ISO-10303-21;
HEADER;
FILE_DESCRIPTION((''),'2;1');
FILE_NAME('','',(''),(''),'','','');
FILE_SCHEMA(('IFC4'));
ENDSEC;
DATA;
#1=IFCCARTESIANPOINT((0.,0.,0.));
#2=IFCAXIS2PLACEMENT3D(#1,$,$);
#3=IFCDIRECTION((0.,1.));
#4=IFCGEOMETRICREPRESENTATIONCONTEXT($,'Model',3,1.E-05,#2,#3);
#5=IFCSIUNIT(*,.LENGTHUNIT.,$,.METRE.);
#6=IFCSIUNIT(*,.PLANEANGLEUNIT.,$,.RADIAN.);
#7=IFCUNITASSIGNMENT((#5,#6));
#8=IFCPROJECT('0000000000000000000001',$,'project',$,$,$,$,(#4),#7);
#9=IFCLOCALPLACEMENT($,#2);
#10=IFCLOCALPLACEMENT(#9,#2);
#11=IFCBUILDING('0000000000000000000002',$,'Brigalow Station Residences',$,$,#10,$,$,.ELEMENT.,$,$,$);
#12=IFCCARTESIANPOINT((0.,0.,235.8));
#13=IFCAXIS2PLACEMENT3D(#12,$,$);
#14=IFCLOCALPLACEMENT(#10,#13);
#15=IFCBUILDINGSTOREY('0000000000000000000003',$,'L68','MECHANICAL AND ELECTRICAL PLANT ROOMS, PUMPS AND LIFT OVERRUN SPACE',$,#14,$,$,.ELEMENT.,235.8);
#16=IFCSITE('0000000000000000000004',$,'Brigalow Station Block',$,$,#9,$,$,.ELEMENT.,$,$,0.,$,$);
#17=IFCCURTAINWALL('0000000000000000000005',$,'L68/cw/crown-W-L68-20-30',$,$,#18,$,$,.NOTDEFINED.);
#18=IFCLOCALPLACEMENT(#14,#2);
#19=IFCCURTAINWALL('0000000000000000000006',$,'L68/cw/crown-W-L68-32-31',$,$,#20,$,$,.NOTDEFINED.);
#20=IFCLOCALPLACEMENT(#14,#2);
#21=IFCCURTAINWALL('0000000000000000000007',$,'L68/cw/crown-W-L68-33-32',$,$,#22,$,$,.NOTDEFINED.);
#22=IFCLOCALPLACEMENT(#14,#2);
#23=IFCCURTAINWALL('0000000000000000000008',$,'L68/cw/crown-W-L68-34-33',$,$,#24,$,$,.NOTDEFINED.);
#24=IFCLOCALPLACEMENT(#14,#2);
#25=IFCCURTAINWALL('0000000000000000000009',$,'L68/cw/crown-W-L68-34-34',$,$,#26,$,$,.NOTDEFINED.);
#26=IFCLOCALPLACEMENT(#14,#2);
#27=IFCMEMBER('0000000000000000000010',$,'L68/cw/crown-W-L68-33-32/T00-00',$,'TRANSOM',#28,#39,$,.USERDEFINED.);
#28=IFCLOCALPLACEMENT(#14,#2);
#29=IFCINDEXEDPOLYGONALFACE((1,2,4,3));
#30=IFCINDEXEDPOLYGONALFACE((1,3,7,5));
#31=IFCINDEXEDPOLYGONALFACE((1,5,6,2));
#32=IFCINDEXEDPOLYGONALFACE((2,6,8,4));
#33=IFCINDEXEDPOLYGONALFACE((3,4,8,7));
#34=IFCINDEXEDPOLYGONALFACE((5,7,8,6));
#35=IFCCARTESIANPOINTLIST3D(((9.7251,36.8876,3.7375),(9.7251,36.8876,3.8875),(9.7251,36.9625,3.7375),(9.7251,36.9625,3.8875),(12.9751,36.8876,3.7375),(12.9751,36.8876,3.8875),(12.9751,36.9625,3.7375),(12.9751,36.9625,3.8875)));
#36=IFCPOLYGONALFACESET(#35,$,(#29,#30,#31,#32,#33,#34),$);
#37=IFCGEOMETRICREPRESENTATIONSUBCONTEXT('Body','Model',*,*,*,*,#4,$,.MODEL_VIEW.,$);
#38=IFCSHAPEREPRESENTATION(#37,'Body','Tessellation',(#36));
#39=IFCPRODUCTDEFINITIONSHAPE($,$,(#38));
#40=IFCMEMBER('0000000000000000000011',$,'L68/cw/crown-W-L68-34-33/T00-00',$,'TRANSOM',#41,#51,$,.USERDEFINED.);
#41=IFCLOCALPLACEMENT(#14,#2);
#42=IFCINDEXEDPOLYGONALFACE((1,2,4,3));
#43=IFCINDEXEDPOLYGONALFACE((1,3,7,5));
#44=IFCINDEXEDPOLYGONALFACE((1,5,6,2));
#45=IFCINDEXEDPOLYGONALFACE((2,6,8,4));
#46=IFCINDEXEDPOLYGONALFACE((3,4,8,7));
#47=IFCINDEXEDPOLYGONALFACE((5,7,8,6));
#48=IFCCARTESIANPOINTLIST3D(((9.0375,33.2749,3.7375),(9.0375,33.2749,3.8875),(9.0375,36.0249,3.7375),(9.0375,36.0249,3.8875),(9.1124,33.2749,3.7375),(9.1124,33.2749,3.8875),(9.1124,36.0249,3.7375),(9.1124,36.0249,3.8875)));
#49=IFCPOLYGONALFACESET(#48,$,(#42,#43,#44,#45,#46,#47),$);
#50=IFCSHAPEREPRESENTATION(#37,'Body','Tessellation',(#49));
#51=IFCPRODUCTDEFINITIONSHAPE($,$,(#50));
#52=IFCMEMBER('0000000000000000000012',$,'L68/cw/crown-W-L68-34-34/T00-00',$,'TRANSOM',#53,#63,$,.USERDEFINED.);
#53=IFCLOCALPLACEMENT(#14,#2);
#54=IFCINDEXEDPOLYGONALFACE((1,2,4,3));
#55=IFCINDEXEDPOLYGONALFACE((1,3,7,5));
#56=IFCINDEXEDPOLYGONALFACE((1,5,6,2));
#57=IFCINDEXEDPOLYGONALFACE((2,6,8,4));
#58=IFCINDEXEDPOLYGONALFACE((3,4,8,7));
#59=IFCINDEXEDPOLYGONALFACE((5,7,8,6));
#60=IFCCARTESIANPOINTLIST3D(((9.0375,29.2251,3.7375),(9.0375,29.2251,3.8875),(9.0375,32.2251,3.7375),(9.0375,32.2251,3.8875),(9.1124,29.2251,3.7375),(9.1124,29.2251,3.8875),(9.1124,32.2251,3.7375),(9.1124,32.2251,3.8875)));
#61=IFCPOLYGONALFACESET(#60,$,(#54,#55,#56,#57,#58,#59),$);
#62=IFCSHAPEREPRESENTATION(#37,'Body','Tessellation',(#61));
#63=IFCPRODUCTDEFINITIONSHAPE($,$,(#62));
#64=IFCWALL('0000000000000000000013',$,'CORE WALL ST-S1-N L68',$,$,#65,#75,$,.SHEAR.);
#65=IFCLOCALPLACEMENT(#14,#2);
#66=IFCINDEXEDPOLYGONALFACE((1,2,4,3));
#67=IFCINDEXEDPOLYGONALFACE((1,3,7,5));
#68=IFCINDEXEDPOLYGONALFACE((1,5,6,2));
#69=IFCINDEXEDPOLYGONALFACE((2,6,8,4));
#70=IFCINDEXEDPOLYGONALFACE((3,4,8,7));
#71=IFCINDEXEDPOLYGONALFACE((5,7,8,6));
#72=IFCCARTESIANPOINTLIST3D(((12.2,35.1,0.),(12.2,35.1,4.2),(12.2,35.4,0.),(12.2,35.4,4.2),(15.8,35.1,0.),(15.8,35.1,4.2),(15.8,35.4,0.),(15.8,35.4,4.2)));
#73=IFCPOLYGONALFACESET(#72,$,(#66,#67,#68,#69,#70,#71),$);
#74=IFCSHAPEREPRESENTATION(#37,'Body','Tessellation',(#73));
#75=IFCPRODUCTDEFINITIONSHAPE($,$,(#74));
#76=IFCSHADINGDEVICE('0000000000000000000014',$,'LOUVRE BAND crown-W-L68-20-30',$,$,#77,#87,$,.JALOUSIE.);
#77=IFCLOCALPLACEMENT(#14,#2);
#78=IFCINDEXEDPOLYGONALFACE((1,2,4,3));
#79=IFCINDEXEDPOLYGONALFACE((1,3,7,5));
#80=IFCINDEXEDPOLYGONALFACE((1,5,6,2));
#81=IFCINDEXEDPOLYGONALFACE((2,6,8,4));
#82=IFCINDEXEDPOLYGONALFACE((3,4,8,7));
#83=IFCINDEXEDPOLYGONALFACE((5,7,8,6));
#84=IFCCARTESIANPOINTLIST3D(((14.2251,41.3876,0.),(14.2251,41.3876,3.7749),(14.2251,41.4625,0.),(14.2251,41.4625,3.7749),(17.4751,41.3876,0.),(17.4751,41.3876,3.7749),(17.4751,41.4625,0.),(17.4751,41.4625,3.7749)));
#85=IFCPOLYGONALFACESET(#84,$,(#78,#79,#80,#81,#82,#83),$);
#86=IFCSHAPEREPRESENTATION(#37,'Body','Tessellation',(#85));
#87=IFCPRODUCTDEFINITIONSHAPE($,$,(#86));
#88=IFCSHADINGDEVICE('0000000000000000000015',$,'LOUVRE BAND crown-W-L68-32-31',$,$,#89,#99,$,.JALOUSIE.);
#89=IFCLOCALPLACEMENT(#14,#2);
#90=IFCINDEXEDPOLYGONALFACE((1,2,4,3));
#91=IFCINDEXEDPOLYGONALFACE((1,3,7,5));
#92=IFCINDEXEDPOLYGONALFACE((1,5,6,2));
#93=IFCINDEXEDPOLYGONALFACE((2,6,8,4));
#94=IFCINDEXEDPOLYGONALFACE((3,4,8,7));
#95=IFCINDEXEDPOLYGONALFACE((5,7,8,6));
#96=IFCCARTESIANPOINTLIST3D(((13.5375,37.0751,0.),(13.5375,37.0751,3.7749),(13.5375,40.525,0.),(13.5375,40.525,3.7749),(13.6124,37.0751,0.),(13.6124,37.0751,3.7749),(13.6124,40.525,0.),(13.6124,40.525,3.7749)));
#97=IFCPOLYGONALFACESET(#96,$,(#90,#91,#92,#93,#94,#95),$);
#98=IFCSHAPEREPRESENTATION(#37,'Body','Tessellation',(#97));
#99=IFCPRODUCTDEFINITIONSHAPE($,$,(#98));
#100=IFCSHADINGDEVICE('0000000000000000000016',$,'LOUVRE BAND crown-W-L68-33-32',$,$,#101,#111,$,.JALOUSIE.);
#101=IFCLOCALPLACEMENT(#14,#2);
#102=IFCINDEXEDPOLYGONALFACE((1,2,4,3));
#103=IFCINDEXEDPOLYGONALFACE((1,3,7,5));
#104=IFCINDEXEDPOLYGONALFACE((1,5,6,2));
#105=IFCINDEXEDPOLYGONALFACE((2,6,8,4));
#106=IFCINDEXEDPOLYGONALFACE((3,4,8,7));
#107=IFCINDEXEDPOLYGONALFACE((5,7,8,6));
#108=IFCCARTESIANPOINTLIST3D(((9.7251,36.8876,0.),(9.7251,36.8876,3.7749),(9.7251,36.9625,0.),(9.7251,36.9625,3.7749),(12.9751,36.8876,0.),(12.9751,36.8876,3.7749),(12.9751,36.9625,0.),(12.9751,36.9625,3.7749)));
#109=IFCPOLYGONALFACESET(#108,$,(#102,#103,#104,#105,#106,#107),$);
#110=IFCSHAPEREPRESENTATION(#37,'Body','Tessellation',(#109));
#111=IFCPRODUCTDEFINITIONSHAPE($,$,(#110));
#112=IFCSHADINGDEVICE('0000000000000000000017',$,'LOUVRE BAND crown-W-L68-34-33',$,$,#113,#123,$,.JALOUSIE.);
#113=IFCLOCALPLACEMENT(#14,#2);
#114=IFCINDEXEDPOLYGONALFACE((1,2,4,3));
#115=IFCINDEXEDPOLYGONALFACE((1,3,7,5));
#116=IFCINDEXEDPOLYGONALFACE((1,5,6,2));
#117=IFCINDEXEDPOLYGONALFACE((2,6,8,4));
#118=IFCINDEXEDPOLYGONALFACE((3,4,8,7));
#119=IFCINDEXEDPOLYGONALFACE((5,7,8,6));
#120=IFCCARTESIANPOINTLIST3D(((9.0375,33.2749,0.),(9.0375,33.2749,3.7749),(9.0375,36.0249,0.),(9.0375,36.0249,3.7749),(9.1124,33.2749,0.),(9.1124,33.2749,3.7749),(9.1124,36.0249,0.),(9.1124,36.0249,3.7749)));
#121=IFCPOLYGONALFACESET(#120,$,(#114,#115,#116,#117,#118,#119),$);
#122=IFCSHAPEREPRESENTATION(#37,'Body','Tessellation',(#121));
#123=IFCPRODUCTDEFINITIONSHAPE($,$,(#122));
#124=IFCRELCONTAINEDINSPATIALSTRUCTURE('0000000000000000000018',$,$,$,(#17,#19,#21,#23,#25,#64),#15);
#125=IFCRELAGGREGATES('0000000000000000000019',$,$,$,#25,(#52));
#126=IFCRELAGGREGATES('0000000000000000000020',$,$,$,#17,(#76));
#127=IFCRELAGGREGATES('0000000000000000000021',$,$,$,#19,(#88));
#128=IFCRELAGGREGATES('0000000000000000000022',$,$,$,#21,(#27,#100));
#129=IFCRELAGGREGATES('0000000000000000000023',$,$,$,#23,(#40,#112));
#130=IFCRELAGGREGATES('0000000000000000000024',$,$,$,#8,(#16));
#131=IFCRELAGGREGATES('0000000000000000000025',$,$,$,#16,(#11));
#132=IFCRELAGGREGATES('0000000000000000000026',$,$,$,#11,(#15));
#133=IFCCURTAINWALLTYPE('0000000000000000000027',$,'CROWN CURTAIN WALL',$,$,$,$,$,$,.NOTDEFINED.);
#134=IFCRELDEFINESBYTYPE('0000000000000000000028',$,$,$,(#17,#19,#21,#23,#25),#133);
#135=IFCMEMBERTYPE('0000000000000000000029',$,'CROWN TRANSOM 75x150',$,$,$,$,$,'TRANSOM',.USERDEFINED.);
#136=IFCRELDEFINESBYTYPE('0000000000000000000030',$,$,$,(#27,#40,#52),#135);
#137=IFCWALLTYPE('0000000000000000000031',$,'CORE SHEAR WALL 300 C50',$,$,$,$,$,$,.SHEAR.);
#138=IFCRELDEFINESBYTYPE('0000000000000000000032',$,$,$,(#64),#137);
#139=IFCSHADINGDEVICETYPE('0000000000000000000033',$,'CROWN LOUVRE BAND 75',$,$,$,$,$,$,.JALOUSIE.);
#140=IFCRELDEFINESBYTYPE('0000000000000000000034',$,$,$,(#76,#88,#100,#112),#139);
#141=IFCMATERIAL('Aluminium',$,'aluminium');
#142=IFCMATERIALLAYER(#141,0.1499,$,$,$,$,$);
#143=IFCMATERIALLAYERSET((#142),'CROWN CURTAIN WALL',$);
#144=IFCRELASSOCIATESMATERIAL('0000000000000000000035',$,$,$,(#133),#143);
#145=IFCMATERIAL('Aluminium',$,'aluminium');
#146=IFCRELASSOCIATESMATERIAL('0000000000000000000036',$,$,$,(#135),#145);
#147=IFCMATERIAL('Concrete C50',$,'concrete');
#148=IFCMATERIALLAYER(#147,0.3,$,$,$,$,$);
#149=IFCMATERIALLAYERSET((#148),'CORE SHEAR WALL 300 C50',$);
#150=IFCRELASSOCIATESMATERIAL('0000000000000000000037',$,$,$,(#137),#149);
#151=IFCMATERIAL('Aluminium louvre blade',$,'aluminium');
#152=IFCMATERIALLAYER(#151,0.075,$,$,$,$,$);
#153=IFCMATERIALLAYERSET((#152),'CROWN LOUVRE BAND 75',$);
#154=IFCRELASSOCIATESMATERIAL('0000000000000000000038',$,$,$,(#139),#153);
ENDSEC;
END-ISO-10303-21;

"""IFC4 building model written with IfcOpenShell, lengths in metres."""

from ifc_helpers import new_model, si_unit, direction, frame, frame_2d, origin, origin_2d, place, context, subcontext, project, spatial, rectangle, extrude, material, layer, layer_set, material_profile, profile_set, type_object, element, aggregate, save


model = new_model("IFC4")

# Units and contexts
model_context = context("Model", 3, precision=1e-05, world=origin(), true_north=direction((0.0, 1.0)))
body_context = subcontext(model_context, "Body", "Model", "MODEL_VIEW")
ifc_project = project(units=[si_unit("LENGTHUNIT", "METRE"), si_unit("PLANEANGLEUNIT", "RADIAN")], contexts=[model_context])

# Site, building, storey
site_placement = place(None, origin())
site = spatial("IfcSite", under=ifc_project, at=site_placement, Name="Brigalow Station Block", CompositionType="ELEMENT", RefElevation=0.0)
building_placement = place(site_placement, origin())
building = spatial("IfcBuilding", under=site, at=building_placement, Name="Brigalow Station Residences", CompositionType="ELEMENT")
storey_placement = place(building_placement, frame((0.0, 0.0, 235.8)))
storey = spatial("IfcBuildingStorey", under=building, at=storey_placement, Name="L68", Description="MECHANICAL AND ELECTRICAL PLANT ROOMS, PUMPS AND LIFT OVERRUN SPACE", CompositionType="ELEMENT", Elevation=235.8)

# Curtain walls
ifc_material_1 = material(Name="Aluminium", Category="aluminium")
ifc_layer_1 = layer(ifc_material_1, 0.1499)
ifc_layer_set_1 = layer_set([ifc_layer_1], Name="CROWN CURTAIN WALL")
curtain_wall_type = type_object("IfcCurtainWallType", Name="CROWN CURTAIN WALL", PredefinedType="NOTDEFINED", material=ifc_layer_set_1)
curtain_wall_1_placement = place(storey_placement, origin())
curtain_wall_1 = element("IfcCurtainWall", 1, at=curtain_wall_1_placement, inside=storey, type_object=curtain_wall_type, Name="L68/cw/crown-W-L68-20-30", PredefinedType="NOTDEFINED")
curtain_wall_2_placement = place(storey_placement, origin())
curtain_wall_2 = element("IfcCurtainWall", 2, at=curtain_wall_2_placement, inside=storey, type_object=curtain_wall_type, Name="L68/cw/crown-W-L68-32-31", PredefinedType="NOTDEFINED")
curtain_wall_3_placement = place(storey_placement, origin())
curtain_wall_3 = element("IfcCurtainWall", 3, at=curtain_wall_3_placement, inside=storey, type_object=curtain_wall_type, Name="L68/cw/crown-W-L68-33-32", PredefinedType="NOTDEFINED")
curtain_wall_4_placement = place(storey_placement, origin())
curtain_wall_4 = element("IfcCurtainWall", 4, at=curtain_wall_4_placement, inside=storey, type_object=curtain_wall_type, Name="L68/cw/crown-W-L68-34-33", PredefinedType="NOTDEFINED")

# Curtain wall
curtain_wall_5_placement = place(storey_placement, origin())
curtain_wall_5 = element("IfcCurtainWall", 5, at=curtain_wall_5_placement, inside=storey, type_object=curtain_wall_type, Name="L68/cw/crown-W-L68-34-34", PredefinedType="NOTDEFINED")

# Members
ifc_material_2 = material(Name="Aluminium", Category="aluminium")
ifc_material_profile_1 = material_profile(ifc_material_2, rectangle(XDim=0.075, YDim=0.1499, at=origin_2d()), Name="CROWN TRANSOM 75x150")
ifc_profile_set_1 = profile_set([ifc_material_profile_1], Name="Aluminium")
member_type_1 = type_object("IfcMemberType", Name="CROWN TRANSOM 75x150", ElementType="TRANSOM", PredefinedType="USERDEFINED", material=ifc_profile_set_1)
member_1_placement = place(storey_placement, frame((12.9751, 36.925, 3.8125), z_axis=(-1.0, 0.0, 0.0), x_axis=(0.0, -1.0, 0.0)))
member_1 = element("IfcMember", 6, at=member_1_placement, type_object=member_type_1, Name="L68/cw/crown-W-L68-33-32/T00-00", ObjectType="TRANSOM", PredefinedType="USERDEFINED", context=body_context, shape_type="SweptSolid", body=[
    extrude(rectangle(XDim=0.075, YDim=0.1499, at=origin_2d()), origin(), (0.0, 0.0, 1.0), 3.25),
])
member_2_placement = place(storey_placement, frame((9.075, 36.0249, 3.8125), z_axis=(0.0, -1.0, 0.0), x_axis=(1.0, 0.0, 0.0)))
member_2 = element("IfcMember", 7, at=member_2_placement, type_object=member_type_1, Name="L68/cw/crown-W-L68-34-33/T00-00", ObjectType="TRANSOM", PredefinedType="USERDEFINED", context=body_context, shape_type="SweptSolid", body=[
    extrude(rectangle(XDim=0.075, YDim=0.1499, at=origin_2d()), origin(), (0.0, 0.0, 1.0), 2.75),
])
member_3_placement = place(storey_placement, frame((9.075, 32.2251, 3.8125), z_axis=(0.0, -1.0, 0.0), x_axis=(1.0, 0.0, 0.0)))
member_3 = element("IfcMember", 8, at=member_3_placement, type_object=member_type_1, Name="L68/cw/crown-W-L68-34-34/T00-00", ObjectType="TRANSOM", PredefinedType="USERDEFINED", context=body_context, shape_type="SweptSolid", body=[
    extrude(rectangle(XDim=0.075, YDim=0.1499, at=origin_2d()), origin(), (0.0, 0.0, 1.0), 3.0),
])
aggregate(curtain_wall_5, [member_3])

# Wall
ifc_material_3 = material(Name="Concrete C50", Category="concrete")
ifc_layer_2 = layer(ifc_material_3, 0.3)
ifc_layer_set_2 = layer_set([ifc_layer_2], Name="CORE SHEAR WALL 300 C50")
wall_type = type_object("IfcWallType", Name="CORE SHEAR WALL 300 C50", PredefinedType="SHEAR", material=ifc_layer_set_2)
wall_placement = place(storey_placement, frame((12.2, 35.25, 0.0), z_axis=(0.0, 0.0, 1.0), x_axis=(1.0, 0.0, 0.0)))
element("IfcWall", 9, at=wall_placement, inside=storey, type_object=wall_type, Name="CORE WALL ST-S1-N L68", PredefinedType="SHEAR", context=body_context, shape_type="SweptSolid", body=[
    extrude(rectangle(XDim=3.6001, YDim=0.3, at=frame_2d((1.8, 0.0))), origin(), (0.0, 0.0, 1.0), 4.2),
])

# Shading devices
ifc_material_4 = material(Name="Aluminium louvre blade", Category="aluminium")
ifc_layer_3 = layer(ifc_material_4, 0.075)
ifc_layer_set_3 = layer_set([ifc_layer_3], Name="CROWN LOUVRE BAND 75")
shading_device_type = type_object("IfcShadingDeviceType", Name="CROWN LOUVRE BAND 75", PredefinedType="JALOUSIE", material=ifc_layer_set_3)
shading_device_1_placement = place(storey_placement, frame((15.8501, 41.425, 0.0), z_axis=(0.0, 0.0, 1.0), x_axis=(-1.0, 0.0, 0.0)))
shading_device_1 = element("IfcShadingDevice", 10, at=shading_device_1_placement, type_object=shading_device_type, Name="LOUVRE BAND crown-W-L68-20-30", PredefinedType="JALOUSIE", context=body_context, shape_type="SweptSolid", body=[
    extrude(rectangle(XDim=3.25, YDim=0.075, at=origin_2d()), origin(), (0.0, 0.0, 1.0), 3.7749),
])
aggregate(curtain_wall_1, [shading_device_1])
shading_device_2_placement = place(storey_placement, frame((13.575, 38.8, 0.0), z_axis=(0.0, 0.0, 1.0), x_axis=(0.0, -1.0, 0.0)))
shading_device_2 = element("IfcShadingDevice", 11, at=shading_device_2_placement, type_object=shading_device_type, Name="LOUVRE BAND crown-W-L68-32-31", PredefinedType="JALOUSIE", context=body_context, shape_type="SweptSolid", body=[
    extrude(rectangle(XDim=3.45, YDim=0.075, at=origin_2d()), origin(), (0.0, 0.0, 1.0), 3.7749),
])
aggregate(curtain_wall_2, [shading_device_2])
shading_device_3_placement = place(storey_placement, frame((11.3501, 36.925, 0.0), z_axis=(0.0, 0.0, 1.0), x_axis=(-1.0, 0.0, 0.0)))
shading_device_3 = element("IfcShadingDevice", 12, at=shading_device_3_placement, type_object=shading_device_type, Name="LOUVRE BAND crown-W-L68-33-32", PredefinedType="JALOUSIE", context=body_context, shape_type="SweptSolid", body=[
    extrude(rectangle(XDim=3.25, YDim=0.075, at=origin_2d()), origin(), (0.0, 0.0, 1.0), 3.7749),
])
aggregate(curtain_wall_3, [member_1, shading_device_3])
shading_device_4_placement = place(storey_placement, frame((9.075, 34.6499, 0.0), z_axis=(0.0, 0.0, 1.0), x_axis=(0.0, -1.0, 0.0)))
shading_device_4 = element("IfcShadingDevice", 13, at=shading_device_4_placement, type_object=shading_device_type, Name="LOUVRE BAND crown-W-L68-34-33", PredefinedType="JALOUSIE", context=body_context, shape_type="SweptSolid", body=[
    extrude(rectangle(XDim=2.75, YDim=0.075, at=origin_2d()), origin(), (0.0, 0.0, 1.0), 3.7749),
])
aggregate(curtain_wall_4, [member_2, shading_device_4])

save(model, "model.ifc")
